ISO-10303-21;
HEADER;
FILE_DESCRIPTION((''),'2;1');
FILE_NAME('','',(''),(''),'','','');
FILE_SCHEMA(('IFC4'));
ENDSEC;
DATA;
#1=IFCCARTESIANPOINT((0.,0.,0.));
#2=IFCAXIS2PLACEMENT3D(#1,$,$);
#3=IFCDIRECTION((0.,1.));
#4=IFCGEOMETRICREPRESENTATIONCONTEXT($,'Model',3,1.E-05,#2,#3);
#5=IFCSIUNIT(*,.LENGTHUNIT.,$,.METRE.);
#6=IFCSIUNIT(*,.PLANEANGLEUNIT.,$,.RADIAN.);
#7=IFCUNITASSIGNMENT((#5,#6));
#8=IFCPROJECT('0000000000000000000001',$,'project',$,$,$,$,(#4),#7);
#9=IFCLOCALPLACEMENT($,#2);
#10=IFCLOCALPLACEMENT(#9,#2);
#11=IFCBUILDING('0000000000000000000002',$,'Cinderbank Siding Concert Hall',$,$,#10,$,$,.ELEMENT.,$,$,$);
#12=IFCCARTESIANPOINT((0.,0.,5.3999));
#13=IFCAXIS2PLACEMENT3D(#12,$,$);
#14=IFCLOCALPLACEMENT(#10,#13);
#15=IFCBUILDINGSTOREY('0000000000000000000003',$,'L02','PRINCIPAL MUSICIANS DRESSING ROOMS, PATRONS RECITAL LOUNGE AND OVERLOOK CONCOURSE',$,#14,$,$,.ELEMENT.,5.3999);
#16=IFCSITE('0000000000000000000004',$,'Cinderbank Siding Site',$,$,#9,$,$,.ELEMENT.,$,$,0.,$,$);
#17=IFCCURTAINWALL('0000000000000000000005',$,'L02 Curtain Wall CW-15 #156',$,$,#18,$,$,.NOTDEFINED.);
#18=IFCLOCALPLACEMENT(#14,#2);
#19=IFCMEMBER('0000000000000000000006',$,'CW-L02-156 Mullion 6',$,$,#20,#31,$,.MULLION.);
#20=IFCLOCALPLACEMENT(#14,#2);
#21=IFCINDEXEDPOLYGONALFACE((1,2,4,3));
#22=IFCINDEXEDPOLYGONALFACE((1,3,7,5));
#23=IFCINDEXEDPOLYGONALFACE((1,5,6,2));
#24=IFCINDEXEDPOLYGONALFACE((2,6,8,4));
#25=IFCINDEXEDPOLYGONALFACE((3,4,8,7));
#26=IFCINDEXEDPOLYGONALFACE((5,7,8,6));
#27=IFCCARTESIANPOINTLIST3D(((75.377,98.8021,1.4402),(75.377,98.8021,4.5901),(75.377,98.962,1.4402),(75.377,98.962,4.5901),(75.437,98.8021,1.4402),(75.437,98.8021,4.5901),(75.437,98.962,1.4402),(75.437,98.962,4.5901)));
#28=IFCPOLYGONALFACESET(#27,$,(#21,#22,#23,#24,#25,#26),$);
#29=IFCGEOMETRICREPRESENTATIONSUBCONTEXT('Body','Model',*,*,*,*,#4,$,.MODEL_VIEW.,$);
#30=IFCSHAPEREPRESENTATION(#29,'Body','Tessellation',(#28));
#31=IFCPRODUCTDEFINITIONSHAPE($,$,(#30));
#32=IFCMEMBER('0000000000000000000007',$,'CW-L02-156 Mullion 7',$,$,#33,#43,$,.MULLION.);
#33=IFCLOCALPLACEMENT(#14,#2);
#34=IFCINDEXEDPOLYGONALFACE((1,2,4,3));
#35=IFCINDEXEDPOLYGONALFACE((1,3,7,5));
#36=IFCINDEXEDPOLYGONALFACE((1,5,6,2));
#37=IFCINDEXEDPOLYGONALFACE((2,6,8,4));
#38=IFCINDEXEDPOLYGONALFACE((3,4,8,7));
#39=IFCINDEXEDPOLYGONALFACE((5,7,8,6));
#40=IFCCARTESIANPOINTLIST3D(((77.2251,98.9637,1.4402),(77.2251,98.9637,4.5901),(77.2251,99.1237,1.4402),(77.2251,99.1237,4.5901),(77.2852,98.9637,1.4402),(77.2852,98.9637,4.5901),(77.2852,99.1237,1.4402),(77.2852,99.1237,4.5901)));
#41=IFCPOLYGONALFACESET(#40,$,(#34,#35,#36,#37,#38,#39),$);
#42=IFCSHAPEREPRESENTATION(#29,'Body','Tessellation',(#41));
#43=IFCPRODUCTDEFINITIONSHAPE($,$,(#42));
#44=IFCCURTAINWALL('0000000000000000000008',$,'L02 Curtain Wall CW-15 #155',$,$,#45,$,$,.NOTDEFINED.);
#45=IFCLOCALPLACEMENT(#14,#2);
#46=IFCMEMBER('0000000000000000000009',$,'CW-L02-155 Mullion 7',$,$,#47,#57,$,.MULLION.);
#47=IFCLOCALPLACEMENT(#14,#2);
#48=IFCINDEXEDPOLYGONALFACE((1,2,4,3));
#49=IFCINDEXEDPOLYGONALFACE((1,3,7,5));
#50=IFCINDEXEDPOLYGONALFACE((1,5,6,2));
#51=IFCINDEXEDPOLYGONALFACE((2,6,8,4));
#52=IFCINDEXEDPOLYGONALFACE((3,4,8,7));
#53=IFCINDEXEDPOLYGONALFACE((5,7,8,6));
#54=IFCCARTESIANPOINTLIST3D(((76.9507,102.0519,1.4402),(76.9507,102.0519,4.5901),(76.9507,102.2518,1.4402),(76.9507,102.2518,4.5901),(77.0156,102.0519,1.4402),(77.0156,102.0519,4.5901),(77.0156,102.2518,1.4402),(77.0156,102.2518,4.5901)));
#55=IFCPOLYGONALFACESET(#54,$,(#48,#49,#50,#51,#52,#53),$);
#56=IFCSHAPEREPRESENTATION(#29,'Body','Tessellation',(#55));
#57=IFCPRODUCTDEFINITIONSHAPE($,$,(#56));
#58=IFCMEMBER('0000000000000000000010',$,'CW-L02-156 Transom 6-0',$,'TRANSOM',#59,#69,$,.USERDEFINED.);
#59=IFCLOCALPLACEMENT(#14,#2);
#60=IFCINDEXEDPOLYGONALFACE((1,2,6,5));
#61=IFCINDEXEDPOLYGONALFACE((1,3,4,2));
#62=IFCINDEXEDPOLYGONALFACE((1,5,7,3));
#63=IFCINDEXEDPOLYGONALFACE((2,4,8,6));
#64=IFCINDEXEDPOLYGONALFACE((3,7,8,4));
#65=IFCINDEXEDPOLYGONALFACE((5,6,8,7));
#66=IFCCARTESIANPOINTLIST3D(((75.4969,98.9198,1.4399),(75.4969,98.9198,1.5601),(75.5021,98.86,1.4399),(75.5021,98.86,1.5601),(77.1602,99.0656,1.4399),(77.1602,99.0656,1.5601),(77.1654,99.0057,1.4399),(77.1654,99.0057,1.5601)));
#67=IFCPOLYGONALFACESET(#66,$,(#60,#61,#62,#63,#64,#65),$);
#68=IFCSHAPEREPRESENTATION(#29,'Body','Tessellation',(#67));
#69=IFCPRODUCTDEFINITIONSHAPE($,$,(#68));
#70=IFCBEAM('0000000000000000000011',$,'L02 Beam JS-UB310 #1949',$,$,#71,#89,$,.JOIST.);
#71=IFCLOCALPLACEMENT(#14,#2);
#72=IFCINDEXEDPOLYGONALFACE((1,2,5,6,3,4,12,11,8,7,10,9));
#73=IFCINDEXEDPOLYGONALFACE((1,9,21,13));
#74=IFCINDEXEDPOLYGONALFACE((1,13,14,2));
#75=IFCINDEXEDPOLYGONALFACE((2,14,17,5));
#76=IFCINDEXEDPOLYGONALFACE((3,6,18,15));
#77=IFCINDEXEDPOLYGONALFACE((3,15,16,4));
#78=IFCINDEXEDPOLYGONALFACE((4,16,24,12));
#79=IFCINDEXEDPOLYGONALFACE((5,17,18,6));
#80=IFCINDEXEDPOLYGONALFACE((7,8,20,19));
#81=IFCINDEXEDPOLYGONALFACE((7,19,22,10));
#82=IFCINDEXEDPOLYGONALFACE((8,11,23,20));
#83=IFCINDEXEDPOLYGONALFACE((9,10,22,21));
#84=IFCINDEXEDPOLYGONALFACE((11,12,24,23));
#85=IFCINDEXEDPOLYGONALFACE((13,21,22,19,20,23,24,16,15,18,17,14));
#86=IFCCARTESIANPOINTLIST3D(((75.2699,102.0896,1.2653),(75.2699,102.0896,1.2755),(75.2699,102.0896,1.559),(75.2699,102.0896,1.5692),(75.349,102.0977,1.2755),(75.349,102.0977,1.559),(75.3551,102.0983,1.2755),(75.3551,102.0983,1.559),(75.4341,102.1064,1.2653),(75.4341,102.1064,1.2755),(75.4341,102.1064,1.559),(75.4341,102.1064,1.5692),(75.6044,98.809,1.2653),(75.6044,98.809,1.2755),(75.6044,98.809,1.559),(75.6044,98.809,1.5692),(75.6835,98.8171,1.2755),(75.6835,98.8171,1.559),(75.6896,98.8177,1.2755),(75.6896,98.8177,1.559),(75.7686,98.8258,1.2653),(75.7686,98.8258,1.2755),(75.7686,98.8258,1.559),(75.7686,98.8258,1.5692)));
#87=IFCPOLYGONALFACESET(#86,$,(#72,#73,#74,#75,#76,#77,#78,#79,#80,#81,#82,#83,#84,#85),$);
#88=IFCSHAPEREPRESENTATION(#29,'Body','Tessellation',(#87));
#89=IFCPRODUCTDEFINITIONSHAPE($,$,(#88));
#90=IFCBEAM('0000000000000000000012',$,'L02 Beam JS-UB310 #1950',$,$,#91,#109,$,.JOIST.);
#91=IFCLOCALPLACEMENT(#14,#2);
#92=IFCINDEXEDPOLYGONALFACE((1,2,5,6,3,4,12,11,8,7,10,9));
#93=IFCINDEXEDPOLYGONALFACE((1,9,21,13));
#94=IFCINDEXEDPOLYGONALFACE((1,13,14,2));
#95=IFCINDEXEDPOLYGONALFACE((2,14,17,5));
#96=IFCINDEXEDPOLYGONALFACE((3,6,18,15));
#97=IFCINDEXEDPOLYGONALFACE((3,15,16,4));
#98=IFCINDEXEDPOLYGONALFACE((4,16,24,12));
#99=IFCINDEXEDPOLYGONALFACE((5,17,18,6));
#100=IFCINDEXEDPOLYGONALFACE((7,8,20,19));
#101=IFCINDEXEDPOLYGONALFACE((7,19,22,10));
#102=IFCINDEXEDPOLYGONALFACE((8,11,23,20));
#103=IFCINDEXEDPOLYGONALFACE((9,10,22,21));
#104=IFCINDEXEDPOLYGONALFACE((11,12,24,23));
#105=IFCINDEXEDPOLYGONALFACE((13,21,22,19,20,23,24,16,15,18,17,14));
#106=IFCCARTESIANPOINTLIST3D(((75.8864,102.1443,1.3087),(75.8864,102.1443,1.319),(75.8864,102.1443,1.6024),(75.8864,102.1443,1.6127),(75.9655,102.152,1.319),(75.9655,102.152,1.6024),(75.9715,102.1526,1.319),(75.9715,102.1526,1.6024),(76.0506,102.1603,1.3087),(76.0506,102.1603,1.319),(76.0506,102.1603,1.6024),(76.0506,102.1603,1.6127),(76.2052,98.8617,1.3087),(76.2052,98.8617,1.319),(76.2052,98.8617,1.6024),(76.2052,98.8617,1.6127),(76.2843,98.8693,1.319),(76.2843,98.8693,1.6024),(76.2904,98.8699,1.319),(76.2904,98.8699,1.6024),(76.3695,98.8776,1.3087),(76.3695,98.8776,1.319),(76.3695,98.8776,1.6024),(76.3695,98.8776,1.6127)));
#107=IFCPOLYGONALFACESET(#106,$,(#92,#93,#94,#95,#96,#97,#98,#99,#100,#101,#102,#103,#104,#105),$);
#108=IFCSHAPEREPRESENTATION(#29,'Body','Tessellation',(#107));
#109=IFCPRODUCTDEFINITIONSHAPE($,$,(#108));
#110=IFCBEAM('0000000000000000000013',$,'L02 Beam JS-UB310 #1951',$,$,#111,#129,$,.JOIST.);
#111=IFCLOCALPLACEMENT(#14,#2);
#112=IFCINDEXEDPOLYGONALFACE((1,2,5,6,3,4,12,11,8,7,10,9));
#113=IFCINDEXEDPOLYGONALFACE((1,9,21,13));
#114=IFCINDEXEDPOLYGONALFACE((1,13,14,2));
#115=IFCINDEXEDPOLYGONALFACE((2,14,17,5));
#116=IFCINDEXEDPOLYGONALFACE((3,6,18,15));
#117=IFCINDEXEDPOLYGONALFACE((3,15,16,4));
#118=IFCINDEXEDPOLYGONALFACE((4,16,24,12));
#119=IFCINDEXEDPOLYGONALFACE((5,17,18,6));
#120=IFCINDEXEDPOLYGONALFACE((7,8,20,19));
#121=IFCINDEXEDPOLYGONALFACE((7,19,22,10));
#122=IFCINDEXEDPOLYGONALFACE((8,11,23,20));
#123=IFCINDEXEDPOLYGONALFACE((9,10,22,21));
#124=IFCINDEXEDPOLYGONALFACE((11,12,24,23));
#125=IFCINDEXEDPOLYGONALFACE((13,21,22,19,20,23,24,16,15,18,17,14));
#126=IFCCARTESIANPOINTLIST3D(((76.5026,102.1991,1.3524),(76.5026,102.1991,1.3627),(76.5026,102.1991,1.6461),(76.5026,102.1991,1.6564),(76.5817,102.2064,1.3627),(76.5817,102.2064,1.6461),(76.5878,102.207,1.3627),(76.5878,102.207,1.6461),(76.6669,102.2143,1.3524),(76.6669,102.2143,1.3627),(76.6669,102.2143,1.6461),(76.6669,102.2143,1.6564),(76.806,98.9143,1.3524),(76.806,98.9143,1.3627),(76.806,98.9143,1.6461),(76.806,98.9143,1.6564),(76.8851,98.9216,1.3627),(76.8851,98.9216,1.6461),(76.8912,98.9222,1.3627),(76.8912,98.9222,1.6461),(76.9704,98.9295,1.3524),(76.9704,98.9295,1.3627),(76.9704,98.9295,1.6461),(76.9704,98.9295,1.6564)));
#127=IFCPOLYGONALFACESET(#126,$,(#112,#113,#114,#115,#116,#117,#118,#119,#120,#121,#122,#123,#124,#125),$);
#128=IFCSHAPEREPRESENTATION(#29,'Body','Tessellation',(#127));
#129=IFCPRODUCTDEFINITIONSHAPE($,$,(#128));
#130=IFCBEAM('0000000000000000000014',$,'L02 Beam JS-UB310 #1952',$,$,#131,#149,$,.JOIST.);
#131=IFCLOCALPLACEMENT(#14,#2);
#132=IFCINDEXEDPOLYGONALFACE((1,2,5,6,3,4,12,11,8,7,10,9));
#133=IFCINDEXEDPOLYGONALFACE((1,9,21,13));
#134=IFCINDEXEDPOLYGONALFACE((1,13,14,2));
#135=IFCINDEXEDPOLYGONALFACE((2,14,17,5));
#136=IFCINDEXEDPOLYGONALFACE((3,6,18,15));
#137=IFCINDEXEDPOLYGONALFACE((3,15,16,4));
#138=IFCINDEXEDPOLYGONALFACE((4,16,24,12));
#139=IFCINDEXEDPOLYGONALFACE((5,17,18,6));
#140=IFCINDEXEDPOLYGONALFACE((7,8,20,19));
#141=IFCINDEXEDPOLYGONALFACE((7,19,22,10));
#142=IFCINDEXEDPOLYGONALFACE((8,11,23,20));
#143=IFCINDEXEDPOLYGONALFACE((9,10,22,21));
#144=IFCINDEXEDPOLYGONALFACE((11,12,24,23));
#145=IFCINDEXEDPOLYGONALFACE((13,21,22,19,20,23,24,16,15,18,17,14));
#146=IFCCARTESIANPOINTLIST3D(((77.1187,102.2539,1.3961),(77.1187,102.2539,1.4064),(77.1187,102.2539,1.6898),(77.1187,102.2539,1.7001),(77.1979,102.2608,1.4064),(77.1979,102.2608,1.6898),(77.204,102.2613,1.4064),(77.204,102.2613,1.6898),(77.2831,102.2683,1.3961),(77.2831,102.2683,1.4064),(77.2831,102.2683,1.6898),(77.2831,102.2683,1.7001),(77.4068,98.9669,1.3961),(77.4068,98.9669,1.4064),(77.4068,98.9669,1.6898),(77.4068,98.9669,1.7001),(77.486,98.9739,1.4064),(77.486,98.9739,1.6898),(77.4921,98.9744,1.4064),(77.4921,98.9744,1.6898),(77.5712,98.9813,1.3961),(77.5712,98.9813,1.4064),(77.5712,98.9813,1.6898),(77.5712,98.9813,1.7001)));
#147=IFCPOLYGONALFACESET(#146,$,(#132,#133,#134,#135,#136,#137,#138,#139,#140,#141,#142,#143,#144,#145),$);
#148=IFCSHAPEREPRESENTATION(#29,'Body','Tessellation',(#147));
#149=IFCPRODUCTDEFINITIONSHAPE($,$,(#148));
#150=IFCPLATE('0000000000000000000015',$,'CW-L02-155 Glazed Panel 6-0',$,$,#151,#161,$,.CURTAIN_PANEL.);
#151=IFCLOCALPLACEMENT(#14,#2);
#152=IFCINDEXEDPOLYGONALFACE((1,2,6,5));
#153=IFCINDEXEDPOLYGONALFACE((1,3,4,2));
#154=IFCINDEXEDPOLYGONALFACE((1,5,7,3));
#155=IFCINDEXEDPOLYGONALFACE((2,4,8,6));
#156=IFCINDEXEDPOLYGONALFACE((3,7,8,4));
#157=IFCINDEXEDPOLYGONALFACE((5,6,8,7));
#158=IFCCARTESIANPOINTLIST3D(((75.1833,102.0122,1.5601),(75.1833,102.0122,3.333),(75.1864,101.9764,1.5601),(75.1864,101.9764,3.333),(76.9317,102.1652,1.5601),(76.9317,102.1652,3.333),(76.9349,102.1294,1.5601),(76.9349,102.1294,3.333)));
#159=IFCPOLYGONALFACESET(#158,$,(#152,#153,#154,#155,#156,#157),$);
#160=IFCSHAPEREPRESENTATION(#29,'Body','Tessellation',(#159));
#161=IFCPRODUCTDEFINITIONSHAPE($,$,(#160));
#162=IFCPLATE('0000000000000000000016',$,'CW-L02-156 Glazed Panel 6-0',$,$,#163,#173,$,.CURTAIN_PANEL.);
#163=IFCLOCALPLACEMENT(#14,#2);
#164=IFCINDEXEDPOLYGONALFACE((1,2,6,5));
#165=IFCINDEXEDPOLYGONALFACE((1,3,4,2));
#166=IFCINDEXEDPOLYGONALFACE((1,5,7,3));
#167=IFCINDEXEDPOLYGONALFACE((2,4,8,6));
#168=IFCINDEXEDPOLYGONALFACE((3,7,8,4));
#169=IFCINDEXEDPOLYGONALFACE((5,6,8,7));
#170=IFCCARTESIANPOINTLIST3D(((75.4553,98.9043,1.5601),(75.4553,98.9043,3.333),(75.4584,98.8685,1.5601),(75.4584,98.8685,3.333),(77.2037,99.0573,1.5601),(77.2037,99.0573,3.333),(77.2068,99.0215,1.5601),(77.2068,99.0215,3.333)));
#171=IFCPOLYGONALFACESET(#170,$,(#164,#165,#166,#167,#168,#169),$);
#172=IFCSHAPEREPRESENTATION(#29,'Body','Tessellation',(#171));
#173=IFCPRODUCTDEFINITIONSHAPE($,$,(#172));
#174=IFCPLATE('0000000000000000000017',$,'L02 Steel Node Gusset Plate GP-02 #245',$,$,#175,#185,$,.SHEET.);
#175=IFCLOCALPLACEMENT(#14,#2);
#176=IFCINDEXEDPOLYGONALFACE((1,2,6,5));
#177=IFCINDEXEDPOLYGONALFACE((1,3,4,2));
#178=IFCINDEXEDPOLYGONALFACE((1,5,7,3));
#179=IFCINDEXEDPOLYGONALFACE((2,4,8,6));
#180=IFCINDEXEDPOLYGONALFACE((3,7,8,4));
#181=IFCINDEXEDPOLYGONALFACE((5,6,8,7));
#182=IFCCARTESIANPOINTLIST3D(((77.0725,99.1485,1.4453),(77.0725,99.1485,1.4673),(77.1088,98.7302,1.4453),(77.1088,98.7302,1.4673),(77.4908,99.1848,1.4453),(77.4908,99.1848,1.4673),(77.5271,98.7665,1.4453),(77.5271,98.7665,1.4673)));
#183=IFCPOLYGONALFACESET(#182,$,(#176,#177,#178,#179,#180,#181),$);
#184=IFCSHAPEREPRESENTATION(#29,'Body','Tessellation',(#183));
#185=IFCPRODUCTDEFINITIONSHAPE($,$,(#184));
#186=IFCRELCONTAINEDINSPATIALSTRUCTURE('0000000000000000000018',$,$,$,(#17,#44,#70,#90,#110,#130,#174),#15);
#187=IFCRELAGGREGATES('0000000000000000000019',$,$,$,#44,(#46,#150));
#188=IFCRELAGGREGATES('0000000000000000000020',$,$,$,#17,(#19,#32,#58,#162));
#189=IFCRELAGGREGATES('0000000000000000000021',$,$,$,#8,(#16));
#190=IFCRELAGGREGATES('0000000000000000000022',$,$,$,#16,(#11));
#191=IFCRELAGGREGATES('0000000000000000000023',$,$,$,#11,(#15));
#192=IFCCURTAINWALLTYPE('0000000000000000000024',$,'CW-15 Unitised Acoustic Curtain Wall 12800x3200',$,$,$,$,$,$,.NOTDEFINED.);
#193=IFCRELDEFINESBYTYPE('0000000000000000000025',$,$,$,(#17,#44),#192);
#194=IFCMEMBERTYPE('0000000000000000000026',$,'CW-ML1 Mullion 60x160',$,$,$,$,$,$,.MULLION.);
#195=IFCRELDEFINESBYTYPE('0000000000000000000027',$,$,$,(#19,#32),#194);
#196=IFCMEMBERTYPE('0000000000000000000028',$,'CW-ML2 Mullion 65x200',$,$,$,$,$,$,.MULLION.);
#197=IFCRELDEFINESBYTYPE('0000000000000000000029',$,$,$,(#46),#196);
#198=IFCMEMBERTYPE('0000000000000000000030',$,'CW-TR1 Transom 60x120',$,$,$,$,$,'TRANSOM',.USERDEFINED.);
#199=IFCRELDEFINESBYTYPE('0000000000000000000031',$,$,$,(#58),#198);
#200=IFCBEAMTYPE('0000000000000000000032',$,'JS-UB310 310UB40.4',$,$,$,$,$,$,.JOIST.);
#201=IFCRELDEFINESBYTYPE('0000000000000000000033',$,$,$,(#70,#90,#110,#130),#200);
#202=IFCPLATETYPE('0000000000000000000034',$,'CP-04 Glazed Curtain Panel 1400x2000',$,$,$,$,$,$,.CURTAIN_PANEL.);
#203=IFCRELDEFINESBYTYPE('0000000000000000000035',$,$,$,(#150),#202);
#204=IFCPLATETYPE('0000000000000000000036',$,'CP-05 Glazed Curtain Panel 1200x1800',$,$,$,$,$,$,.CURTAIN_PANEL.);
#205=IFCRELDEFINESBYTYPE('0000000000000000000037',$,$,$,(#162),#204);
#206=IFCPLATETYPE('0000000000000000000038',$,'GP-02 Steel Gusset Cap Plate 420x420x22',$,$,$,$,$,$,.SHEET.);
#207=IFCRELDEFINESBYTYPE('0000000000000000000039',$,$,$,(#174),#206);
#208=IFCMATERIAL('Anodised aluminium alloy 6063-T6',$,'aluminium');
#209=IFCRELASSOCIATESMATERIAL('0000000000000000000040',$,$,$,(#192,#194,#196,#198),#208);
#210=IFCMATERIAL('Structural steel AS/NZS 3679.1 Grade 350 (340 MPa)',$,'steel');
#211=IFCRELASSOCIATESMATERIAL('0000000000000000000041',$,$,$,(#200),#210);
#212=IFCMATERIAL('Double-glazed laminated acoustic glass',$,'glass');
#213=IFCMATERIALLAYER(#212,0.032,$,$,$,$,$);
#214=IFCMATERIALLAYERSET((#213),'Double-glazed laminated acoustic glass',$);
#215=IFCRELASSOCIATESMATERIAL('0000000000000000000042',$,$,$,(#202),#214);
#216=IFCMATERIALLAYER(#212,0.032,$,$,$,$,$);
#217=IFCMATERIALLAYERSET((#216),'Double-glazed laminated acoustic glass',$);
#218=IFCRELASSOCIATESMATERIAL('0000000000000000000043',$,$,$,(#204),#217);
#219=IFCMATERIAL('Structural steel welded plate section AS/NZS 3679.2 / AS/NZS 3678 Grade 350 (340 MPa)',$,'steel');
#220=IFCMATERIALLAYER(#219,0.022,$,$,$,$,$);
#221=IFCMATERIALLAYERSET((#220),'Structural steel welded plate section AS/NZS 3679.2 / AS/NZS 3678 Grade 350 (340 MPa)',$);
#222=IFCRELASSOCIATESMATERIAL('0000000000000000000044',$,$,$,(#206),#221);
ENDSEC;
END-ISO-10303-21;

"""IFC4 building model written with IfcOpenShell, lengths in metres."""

from ifc_helpers import new_model, si_unit, direction, frame, origin, origin_2d, place, context, subcontext, project, spatial, rectangle, i_section, extrude, material, layer, layer_set, material_profile, profile_set, type_object, element, aggregate, save


model = new_model("IFC4")

# Units and contexts
model_context = context("Model", 3, precision=1e-05, world=origin(), true_north=direction((0.0, 1.0)))
body_context = subcontext(model_context, "Body", "Model", "MODEL_VIEW")
ifc_project = project(units=[si_unit("LENGTHUNIT", "METRE"), si_unit("PLANEANGLEUNIT", "RADIAN")], contexts=[model_context])

# Site, building, storey
site_placement = place(None, origin())
site = spatial("IfcSite", under=ifc_project, at=site_placement, Name="Cinderbank Siding Site", CompositionType="ELEMENT", RefElevation=0.0)
building_placement = place(site_placement, origin())
building = spatial("IfcBuilding", under=site, at=building_placement, Name="Cinderbank Siding Concert Hall", CompositionType="ELEMENT")
storey_placement = place(building_placement, frame((0.0, 0.0, 5.3999)))
storey = spatial("IfcBuildingStorey", under=building, at=storey_placement, Name="L02", Description="PRINCIPAL MUSICIANS DRESSING ROOMS, PATRONS RECITAL LOUNGE AND OVERLOOK CONCOURSE", CompositionType="ELEMENT", Elevation=5.3999)

# Shared definitions
ifc_material_1 = material(Name="Structural steel welded plate section AS/NZS 3679.2 / AS/NZS 3678 Grade 350 (340 MPa)", Category="steel")

# Curtain wall, members
ifc_material_2 = material(Name="Anodised aluminium alloy 6063-T6", Category="aluminium")
curtain_wall_type = type_object("IfcCurtainWallType", Name="CW-15 Unitised Acoustic Curtain Wall 12800x3200", PredefinedType="NOTDEFINED", material=ifc_material_2)
curtain_wall_1_placement = place(storey_placement, origin())
curtain_wall_1 = element("IfcCurtainWall", 1, at=curtain_wall_1_placement, inside=storey, type_object=curtain_wall_type, Name="L02 Curtain Wall CW-15 #156", PredefinedType="NOTDEFINED")
ifc_material_profile_1 = material_profile(ifc_material_2, rectangle(XDim=0.0601, YDim=0.1599, at=origin_2d()), Name="ALU-MULL-60x160", Category="LoadBearing")
ifc_profile_set_1 = profile_set([ifc_material_profile_1], Name="Anodised aluminium alloy 6063-T6")
member_type_1 = type_object("IfcMemberType", Name="CW-ML1 Mullion 60x160", PredefinedType="MULLION", material=ifc_profile_set_1)
member_1_placement = place(storey_placement, frame((75.407, 98.8821, 1.4402), z_axis=(0.0, 0.0, 1.0), x_axis=(1.0, 0.0, 0.0)))
member_1 = element("IfcMember", 2, at=member_1_placement, type_object=member_type_1, Name="CW-L02-156 Mullion 6", PredefinedType="MULLION", context=body_context, shape_type="SweptSolid", body=[
    extrude(rectangle(XDim=0.0601, YDim=0.1599, at=origin_2d()), origin(), (0.0, 0.0, 1.0), 3.1499),
])
member_2_placement = place(storey_placement, frame((77.2551, 99.0437, 1.4402), z_axis=(0.0, 0.0, 1.0), x_axis=(1.0, 0.0, 0.0)))
member_2 = element("IfcMember", 3, at=member_2_placement, type_object=member_type_1, Name="CW-L02-156 Mullion 7", PredefinedType="MULLION", context=body_context, shape_type="SweptSolid", body=[
    extrude(rectangle(XDim=0.0601, YDim=0.1599, at=origin_2d()), origin(), (0.0, 0.0, 1.0), 3.1499),
])

# Curtain wall, member
curtain_wall_2_placement = place(storey_placement, origin())
curtain_wall_2 = element("IfcCurtainWall", 4, at=curtain_wall_2_placement, inside=storey, type_object=curtain_wall_type, Name="L02 Curtain Wall CW-15 #155", PredefinedType="NOTDEFINED")
ifc_material_profile_2 = material_profile(ifc_material_2, rectangle(XDim=0.0649, YDim=0.2, at=origin_2d()), Name="ALU-MULL-65x200", Category="LoadBearing")
ifc_profile_set_2 = profile_set([ifc_material_profile_2], Name="Anodised aluminium alloy 6063-T6")
member_type_2 = type_object("IfcMemberType", Name="CW-ML2 Mullion 65x200", PredefinedType="MULLION", material=ifc_profile_set_2)
member_3_placement = place(storey_placement, frame((76.9832, 102.1519, 1.4402), z_axis=(0.0, 0.0, 1.0), x_axis=(1.0, 0.0, 0.0)))
member_3 = element("IfcMember", 5, at=member_3_placement, type_object=member_type_2, Name="CW-L02-155 Mullion 7", PredefinedType="MULLION", context=body_context, shape_type="SweptSolid", body=[
    extrude(rectangle(XDim=0.0649, YDim=0.2, at=origin_2d()), origin(), (0.0, 0.0, 1.0), 3.1499),
])

# Member
ifc_material_profile_3 = material_profile(ifc_material_2, rectangle(XDim=0.0601, YDim=0.1201, at=origin_2d()), Name="ALU-TRAN-60x120", Category="LoadBearing")
ifc_profile_set_3 = profile_set([ifc_material_profile_3], Name="Anodised aluminium alloy 6063-T6")
member_type_3 = type_object("IfcMemberType", Name="CW-TR1 Transom 60x120", ElementType="TRANSOM", PredefinedType="USERDEFINED", material=ifc_profile_set_3)
member_4_placement = place(storey_placement, frame((75.4995, 98.8899, 1.5), z_axis=(0.996183, 0.087292, 0.0), x_axis=(-0.087292, 0.996183, 0.0)))
member_4 = element("IfcMember", 6, at=member_4_placement, type_object=member_type_3, Name="CW-L02-156 Transom 6-0", ObjectType="TRANSOM", PredefinedType="USERDEFINED", context=body_context, shape_type="SweptSolid", body=[
    extrude(rectangle(XDim=0.0601, YDim=0.1201, at=origin_2d()), origin(), (0.0, 0.0, 1.0), 1.6697),
])

# Beams
ifc_material_3 = material(Name="Structural steel AS/NZS 3679.1 Grade 350 (340 MPa)", Category="steel")
ifc_material_profile_4 = material_profile(ifc_material_3, i_section(OverallWidth=0.165, OverallDepth=0.304, WebThickness=0.0061, FlangeThickness=0.0103, at=origin_2d()), Name="310UB40.4", Category="LoadBearing")
ifc_profile_set_4 = profile_set([ifc_material_profile_4], Name="Structural steel AS/NZS 3679.1 Grade 350 (340 MPa)")
beam_type_1 = type_object("IfcBeamType", Name="JS-UB310 310UB40.4", PredefinedType="JOIST", material=ifc_profile_set_4)
beam_1_placement = place(storey_placement, frame((75.6865, 98.8174, 1.4172), z_axis=(-0.101431, 0.994843, 0.0), x_axis=(-0.994843, -0.101431, 0.0)))
element("IfcBeam", 7, at=beam_1_placement, inside=storey, type_object=beam_type_1, Name="L02 Beam JS-UB310 #1949", PredefinedType="JOIST", context=body_context, shape_type="SweptSolid", body=[
    extrude(i_section(OverallWidth=0.165, OverallDepth=0.304, WebThickness=0.0061, FlangeThickness=0.0103, at=origin_2d()), origin(), (0.0, 0.0, 1.0), 3.2976),
])
beam_2_placement = place(storey_placement, frame((76.2874, 98.8696, 1.4607), z_axis=(-0.096674, 0.995316, 0.0), x_axis=(-0.995316, -0.096674, 0.0)))
element("IfcBeam", 8, at=beam_2_placement, inside=storey, type_object=beam_type_1, Name="L02 Beam JS-UB310 #1950", PredefinedType="JOIST", context=body_context, shape_type="SweptSolid", body=[
    extrude(i_section(OverallWidth=0.165, OverallDepth=0.304, WebThickness=0.0061, FlangeThickness=0.0103, at=origin_2d()), origin(), (0.0, 0.0, 1.0), 3.2981),
])
beam_3_placement = place(storey_placement, frame((76.8882, 98.9219, 1.5044), z_axis=(-0.09199, 0.99576, 0.0), x_axis=(-0.99576, -0.09199, 0.0)))
element("IfcBeam", 9, at=beam_3_placement, inside=storey, type_object=beam_type_1, Name="L02 Beam JS-UB310 #1951", PredefinedType="JOIST", context=body_context, shape_type="SweptSolid", body=[
    extrude(i_section(OverallWidth=0.165, OverallDepth=0.304, WebThickness=0.0061, FlangeThickness=0.0103, at=origin_2d()), origin(), (0.0, 0.0, 1.0), 3.2988),
])
beam_4_placement = place(storey_placement, frame((77.489, 98.9741, 1.5481), z_axis=(-0.087313, 0.996181, 0.0), x_axis=(-0.996181, -0.087313, 0.0)))
element("IfcBeam", 10, at=beam_4_placement, inside=storey, type_object=beam_type_1, Name="L02 Beam JS-UB310 #1952", PredefinedType="JOIST", context=body_context, shape_type="SweptSolid", body=[
    extrude(i_section(OverallWidth=0.165, OverallDepth=0.304, WebThickness=0.0061, FlangeThickness=0.0103, at=origin_2d()), origin(), (0.0, 0.0, 1.0), 3.2996),
])

# Plates
ifc_material_4 = material(Name="Double-glazed laminated acoustic glass", Category="glass")
ifc_layer_1 = layer(ifc_material_4, 0.032)
ifc_layer_set_1 = layer_set([ifc_layer_1], Name="Double-glazed laminated acoustic glass")
plate_type_1 = type_object("IfcPlateType", Name="CP-04 Glazed Curtain Panel 1400x2000", PredefinedType="CURTAIN_PANEL", material=ifc_layer_set_1)
plate_1_placement = place(storey_placement, frame((76.0591, 102.0708, 1.5601), z_axis=(0.0, 0.0, 1.0), x_axis=(0.996195, 0.087157, 0.0)))
plate_1 = element("IfcPlate", 11, at=plate_1_placement, type_object=plate_type_1, Name="CW-L02-155 Glazed Panel 6-0", PredefinedType="CURTAIN_PANEL", context=body_context, shape_type="SweptSolid", body=[
    extrude(rectangle(XDim=1.7551, YDim=0.0359, at=origin_2d()), origin(), (0.0, 0.0, 1.0), 1.7729),
])
aggregate(curtain_wall_2, [member_3, plate_1])
ifc_layer_2 = layer(ifc_material_4, 0.032)
ifc_layer_set_2 = layer_set([ifc_layer_2], Name="Double-glazed laminated acoustic glass")
plate_type_2 = type_object("IfcPlateType", Name="CP-05 Glazed Curtain Panel 1200x1800", PredefinedType="CURTAIN_PANEL", material=ifc_layer_set_2)
plate_2_placement = place(storey_placement, frame((76.3311, 98.9629, 1.5601), z_axis=(0.0, 0.0, 1.0), x_axis=(0.996195, 0.087157, 0.0)))
plate_2 = element("IfcPlate", 12, at=plate_2_placement, type_object=plate_type_2, Name="CW-L02-156 Glazed Panel 6-0", PredefinedType="CURTAIN_PANEL", context=body_context, shape_type="SweptSolid", body=[
    extrude(rectangle(XDim=1.7551, YDim=0.0359, at=origin_2d()), origin(), (0.0, 0.0, 1.0), 1.7729),
])
aggregate(curtain_wall_1, [member_1, member_2, member_4, plate_2])

# Plate
ifc_layer_3 = layer(ifc_material_1, 0.022)
ifc_layer_set_3 = layer_set([ifc_layer_3], Name="Structural steel welded plate section AS/NZS 3679.2 / AS/NZS 3678 Grade 350 (340 MPa)")
plate_type_3 = type_object("IfcPlateType", Name="GP-02 Steel Gusset Cap Plate 420x420x22", PredefinedType="SHEET", material=ifc_layer_set_3)
plate_3_placement = place(storey_placement, frame((77.2998, 98.9575, 1.4453), z_axis=(0.0, 0.0, 1.0), x_axis=(0.996255, 0.08646, 0.0)))
element("IfcPlate", 13, at=plate_3_placement, inside=storey, type_object=plate_type_3, Name="L02 Steel Node Gusset Plate GP-02 #245", PredefinedType="SHEET", context=body_context, shape_type="SweptSolid", body=[
    extrude(rectangle(XDim=0.4199, YDim=0.4199, at=origin_2d()), origin(), (0.0, 0.0, 1.0), 0.022),
])

save(model, "model.ifc")
